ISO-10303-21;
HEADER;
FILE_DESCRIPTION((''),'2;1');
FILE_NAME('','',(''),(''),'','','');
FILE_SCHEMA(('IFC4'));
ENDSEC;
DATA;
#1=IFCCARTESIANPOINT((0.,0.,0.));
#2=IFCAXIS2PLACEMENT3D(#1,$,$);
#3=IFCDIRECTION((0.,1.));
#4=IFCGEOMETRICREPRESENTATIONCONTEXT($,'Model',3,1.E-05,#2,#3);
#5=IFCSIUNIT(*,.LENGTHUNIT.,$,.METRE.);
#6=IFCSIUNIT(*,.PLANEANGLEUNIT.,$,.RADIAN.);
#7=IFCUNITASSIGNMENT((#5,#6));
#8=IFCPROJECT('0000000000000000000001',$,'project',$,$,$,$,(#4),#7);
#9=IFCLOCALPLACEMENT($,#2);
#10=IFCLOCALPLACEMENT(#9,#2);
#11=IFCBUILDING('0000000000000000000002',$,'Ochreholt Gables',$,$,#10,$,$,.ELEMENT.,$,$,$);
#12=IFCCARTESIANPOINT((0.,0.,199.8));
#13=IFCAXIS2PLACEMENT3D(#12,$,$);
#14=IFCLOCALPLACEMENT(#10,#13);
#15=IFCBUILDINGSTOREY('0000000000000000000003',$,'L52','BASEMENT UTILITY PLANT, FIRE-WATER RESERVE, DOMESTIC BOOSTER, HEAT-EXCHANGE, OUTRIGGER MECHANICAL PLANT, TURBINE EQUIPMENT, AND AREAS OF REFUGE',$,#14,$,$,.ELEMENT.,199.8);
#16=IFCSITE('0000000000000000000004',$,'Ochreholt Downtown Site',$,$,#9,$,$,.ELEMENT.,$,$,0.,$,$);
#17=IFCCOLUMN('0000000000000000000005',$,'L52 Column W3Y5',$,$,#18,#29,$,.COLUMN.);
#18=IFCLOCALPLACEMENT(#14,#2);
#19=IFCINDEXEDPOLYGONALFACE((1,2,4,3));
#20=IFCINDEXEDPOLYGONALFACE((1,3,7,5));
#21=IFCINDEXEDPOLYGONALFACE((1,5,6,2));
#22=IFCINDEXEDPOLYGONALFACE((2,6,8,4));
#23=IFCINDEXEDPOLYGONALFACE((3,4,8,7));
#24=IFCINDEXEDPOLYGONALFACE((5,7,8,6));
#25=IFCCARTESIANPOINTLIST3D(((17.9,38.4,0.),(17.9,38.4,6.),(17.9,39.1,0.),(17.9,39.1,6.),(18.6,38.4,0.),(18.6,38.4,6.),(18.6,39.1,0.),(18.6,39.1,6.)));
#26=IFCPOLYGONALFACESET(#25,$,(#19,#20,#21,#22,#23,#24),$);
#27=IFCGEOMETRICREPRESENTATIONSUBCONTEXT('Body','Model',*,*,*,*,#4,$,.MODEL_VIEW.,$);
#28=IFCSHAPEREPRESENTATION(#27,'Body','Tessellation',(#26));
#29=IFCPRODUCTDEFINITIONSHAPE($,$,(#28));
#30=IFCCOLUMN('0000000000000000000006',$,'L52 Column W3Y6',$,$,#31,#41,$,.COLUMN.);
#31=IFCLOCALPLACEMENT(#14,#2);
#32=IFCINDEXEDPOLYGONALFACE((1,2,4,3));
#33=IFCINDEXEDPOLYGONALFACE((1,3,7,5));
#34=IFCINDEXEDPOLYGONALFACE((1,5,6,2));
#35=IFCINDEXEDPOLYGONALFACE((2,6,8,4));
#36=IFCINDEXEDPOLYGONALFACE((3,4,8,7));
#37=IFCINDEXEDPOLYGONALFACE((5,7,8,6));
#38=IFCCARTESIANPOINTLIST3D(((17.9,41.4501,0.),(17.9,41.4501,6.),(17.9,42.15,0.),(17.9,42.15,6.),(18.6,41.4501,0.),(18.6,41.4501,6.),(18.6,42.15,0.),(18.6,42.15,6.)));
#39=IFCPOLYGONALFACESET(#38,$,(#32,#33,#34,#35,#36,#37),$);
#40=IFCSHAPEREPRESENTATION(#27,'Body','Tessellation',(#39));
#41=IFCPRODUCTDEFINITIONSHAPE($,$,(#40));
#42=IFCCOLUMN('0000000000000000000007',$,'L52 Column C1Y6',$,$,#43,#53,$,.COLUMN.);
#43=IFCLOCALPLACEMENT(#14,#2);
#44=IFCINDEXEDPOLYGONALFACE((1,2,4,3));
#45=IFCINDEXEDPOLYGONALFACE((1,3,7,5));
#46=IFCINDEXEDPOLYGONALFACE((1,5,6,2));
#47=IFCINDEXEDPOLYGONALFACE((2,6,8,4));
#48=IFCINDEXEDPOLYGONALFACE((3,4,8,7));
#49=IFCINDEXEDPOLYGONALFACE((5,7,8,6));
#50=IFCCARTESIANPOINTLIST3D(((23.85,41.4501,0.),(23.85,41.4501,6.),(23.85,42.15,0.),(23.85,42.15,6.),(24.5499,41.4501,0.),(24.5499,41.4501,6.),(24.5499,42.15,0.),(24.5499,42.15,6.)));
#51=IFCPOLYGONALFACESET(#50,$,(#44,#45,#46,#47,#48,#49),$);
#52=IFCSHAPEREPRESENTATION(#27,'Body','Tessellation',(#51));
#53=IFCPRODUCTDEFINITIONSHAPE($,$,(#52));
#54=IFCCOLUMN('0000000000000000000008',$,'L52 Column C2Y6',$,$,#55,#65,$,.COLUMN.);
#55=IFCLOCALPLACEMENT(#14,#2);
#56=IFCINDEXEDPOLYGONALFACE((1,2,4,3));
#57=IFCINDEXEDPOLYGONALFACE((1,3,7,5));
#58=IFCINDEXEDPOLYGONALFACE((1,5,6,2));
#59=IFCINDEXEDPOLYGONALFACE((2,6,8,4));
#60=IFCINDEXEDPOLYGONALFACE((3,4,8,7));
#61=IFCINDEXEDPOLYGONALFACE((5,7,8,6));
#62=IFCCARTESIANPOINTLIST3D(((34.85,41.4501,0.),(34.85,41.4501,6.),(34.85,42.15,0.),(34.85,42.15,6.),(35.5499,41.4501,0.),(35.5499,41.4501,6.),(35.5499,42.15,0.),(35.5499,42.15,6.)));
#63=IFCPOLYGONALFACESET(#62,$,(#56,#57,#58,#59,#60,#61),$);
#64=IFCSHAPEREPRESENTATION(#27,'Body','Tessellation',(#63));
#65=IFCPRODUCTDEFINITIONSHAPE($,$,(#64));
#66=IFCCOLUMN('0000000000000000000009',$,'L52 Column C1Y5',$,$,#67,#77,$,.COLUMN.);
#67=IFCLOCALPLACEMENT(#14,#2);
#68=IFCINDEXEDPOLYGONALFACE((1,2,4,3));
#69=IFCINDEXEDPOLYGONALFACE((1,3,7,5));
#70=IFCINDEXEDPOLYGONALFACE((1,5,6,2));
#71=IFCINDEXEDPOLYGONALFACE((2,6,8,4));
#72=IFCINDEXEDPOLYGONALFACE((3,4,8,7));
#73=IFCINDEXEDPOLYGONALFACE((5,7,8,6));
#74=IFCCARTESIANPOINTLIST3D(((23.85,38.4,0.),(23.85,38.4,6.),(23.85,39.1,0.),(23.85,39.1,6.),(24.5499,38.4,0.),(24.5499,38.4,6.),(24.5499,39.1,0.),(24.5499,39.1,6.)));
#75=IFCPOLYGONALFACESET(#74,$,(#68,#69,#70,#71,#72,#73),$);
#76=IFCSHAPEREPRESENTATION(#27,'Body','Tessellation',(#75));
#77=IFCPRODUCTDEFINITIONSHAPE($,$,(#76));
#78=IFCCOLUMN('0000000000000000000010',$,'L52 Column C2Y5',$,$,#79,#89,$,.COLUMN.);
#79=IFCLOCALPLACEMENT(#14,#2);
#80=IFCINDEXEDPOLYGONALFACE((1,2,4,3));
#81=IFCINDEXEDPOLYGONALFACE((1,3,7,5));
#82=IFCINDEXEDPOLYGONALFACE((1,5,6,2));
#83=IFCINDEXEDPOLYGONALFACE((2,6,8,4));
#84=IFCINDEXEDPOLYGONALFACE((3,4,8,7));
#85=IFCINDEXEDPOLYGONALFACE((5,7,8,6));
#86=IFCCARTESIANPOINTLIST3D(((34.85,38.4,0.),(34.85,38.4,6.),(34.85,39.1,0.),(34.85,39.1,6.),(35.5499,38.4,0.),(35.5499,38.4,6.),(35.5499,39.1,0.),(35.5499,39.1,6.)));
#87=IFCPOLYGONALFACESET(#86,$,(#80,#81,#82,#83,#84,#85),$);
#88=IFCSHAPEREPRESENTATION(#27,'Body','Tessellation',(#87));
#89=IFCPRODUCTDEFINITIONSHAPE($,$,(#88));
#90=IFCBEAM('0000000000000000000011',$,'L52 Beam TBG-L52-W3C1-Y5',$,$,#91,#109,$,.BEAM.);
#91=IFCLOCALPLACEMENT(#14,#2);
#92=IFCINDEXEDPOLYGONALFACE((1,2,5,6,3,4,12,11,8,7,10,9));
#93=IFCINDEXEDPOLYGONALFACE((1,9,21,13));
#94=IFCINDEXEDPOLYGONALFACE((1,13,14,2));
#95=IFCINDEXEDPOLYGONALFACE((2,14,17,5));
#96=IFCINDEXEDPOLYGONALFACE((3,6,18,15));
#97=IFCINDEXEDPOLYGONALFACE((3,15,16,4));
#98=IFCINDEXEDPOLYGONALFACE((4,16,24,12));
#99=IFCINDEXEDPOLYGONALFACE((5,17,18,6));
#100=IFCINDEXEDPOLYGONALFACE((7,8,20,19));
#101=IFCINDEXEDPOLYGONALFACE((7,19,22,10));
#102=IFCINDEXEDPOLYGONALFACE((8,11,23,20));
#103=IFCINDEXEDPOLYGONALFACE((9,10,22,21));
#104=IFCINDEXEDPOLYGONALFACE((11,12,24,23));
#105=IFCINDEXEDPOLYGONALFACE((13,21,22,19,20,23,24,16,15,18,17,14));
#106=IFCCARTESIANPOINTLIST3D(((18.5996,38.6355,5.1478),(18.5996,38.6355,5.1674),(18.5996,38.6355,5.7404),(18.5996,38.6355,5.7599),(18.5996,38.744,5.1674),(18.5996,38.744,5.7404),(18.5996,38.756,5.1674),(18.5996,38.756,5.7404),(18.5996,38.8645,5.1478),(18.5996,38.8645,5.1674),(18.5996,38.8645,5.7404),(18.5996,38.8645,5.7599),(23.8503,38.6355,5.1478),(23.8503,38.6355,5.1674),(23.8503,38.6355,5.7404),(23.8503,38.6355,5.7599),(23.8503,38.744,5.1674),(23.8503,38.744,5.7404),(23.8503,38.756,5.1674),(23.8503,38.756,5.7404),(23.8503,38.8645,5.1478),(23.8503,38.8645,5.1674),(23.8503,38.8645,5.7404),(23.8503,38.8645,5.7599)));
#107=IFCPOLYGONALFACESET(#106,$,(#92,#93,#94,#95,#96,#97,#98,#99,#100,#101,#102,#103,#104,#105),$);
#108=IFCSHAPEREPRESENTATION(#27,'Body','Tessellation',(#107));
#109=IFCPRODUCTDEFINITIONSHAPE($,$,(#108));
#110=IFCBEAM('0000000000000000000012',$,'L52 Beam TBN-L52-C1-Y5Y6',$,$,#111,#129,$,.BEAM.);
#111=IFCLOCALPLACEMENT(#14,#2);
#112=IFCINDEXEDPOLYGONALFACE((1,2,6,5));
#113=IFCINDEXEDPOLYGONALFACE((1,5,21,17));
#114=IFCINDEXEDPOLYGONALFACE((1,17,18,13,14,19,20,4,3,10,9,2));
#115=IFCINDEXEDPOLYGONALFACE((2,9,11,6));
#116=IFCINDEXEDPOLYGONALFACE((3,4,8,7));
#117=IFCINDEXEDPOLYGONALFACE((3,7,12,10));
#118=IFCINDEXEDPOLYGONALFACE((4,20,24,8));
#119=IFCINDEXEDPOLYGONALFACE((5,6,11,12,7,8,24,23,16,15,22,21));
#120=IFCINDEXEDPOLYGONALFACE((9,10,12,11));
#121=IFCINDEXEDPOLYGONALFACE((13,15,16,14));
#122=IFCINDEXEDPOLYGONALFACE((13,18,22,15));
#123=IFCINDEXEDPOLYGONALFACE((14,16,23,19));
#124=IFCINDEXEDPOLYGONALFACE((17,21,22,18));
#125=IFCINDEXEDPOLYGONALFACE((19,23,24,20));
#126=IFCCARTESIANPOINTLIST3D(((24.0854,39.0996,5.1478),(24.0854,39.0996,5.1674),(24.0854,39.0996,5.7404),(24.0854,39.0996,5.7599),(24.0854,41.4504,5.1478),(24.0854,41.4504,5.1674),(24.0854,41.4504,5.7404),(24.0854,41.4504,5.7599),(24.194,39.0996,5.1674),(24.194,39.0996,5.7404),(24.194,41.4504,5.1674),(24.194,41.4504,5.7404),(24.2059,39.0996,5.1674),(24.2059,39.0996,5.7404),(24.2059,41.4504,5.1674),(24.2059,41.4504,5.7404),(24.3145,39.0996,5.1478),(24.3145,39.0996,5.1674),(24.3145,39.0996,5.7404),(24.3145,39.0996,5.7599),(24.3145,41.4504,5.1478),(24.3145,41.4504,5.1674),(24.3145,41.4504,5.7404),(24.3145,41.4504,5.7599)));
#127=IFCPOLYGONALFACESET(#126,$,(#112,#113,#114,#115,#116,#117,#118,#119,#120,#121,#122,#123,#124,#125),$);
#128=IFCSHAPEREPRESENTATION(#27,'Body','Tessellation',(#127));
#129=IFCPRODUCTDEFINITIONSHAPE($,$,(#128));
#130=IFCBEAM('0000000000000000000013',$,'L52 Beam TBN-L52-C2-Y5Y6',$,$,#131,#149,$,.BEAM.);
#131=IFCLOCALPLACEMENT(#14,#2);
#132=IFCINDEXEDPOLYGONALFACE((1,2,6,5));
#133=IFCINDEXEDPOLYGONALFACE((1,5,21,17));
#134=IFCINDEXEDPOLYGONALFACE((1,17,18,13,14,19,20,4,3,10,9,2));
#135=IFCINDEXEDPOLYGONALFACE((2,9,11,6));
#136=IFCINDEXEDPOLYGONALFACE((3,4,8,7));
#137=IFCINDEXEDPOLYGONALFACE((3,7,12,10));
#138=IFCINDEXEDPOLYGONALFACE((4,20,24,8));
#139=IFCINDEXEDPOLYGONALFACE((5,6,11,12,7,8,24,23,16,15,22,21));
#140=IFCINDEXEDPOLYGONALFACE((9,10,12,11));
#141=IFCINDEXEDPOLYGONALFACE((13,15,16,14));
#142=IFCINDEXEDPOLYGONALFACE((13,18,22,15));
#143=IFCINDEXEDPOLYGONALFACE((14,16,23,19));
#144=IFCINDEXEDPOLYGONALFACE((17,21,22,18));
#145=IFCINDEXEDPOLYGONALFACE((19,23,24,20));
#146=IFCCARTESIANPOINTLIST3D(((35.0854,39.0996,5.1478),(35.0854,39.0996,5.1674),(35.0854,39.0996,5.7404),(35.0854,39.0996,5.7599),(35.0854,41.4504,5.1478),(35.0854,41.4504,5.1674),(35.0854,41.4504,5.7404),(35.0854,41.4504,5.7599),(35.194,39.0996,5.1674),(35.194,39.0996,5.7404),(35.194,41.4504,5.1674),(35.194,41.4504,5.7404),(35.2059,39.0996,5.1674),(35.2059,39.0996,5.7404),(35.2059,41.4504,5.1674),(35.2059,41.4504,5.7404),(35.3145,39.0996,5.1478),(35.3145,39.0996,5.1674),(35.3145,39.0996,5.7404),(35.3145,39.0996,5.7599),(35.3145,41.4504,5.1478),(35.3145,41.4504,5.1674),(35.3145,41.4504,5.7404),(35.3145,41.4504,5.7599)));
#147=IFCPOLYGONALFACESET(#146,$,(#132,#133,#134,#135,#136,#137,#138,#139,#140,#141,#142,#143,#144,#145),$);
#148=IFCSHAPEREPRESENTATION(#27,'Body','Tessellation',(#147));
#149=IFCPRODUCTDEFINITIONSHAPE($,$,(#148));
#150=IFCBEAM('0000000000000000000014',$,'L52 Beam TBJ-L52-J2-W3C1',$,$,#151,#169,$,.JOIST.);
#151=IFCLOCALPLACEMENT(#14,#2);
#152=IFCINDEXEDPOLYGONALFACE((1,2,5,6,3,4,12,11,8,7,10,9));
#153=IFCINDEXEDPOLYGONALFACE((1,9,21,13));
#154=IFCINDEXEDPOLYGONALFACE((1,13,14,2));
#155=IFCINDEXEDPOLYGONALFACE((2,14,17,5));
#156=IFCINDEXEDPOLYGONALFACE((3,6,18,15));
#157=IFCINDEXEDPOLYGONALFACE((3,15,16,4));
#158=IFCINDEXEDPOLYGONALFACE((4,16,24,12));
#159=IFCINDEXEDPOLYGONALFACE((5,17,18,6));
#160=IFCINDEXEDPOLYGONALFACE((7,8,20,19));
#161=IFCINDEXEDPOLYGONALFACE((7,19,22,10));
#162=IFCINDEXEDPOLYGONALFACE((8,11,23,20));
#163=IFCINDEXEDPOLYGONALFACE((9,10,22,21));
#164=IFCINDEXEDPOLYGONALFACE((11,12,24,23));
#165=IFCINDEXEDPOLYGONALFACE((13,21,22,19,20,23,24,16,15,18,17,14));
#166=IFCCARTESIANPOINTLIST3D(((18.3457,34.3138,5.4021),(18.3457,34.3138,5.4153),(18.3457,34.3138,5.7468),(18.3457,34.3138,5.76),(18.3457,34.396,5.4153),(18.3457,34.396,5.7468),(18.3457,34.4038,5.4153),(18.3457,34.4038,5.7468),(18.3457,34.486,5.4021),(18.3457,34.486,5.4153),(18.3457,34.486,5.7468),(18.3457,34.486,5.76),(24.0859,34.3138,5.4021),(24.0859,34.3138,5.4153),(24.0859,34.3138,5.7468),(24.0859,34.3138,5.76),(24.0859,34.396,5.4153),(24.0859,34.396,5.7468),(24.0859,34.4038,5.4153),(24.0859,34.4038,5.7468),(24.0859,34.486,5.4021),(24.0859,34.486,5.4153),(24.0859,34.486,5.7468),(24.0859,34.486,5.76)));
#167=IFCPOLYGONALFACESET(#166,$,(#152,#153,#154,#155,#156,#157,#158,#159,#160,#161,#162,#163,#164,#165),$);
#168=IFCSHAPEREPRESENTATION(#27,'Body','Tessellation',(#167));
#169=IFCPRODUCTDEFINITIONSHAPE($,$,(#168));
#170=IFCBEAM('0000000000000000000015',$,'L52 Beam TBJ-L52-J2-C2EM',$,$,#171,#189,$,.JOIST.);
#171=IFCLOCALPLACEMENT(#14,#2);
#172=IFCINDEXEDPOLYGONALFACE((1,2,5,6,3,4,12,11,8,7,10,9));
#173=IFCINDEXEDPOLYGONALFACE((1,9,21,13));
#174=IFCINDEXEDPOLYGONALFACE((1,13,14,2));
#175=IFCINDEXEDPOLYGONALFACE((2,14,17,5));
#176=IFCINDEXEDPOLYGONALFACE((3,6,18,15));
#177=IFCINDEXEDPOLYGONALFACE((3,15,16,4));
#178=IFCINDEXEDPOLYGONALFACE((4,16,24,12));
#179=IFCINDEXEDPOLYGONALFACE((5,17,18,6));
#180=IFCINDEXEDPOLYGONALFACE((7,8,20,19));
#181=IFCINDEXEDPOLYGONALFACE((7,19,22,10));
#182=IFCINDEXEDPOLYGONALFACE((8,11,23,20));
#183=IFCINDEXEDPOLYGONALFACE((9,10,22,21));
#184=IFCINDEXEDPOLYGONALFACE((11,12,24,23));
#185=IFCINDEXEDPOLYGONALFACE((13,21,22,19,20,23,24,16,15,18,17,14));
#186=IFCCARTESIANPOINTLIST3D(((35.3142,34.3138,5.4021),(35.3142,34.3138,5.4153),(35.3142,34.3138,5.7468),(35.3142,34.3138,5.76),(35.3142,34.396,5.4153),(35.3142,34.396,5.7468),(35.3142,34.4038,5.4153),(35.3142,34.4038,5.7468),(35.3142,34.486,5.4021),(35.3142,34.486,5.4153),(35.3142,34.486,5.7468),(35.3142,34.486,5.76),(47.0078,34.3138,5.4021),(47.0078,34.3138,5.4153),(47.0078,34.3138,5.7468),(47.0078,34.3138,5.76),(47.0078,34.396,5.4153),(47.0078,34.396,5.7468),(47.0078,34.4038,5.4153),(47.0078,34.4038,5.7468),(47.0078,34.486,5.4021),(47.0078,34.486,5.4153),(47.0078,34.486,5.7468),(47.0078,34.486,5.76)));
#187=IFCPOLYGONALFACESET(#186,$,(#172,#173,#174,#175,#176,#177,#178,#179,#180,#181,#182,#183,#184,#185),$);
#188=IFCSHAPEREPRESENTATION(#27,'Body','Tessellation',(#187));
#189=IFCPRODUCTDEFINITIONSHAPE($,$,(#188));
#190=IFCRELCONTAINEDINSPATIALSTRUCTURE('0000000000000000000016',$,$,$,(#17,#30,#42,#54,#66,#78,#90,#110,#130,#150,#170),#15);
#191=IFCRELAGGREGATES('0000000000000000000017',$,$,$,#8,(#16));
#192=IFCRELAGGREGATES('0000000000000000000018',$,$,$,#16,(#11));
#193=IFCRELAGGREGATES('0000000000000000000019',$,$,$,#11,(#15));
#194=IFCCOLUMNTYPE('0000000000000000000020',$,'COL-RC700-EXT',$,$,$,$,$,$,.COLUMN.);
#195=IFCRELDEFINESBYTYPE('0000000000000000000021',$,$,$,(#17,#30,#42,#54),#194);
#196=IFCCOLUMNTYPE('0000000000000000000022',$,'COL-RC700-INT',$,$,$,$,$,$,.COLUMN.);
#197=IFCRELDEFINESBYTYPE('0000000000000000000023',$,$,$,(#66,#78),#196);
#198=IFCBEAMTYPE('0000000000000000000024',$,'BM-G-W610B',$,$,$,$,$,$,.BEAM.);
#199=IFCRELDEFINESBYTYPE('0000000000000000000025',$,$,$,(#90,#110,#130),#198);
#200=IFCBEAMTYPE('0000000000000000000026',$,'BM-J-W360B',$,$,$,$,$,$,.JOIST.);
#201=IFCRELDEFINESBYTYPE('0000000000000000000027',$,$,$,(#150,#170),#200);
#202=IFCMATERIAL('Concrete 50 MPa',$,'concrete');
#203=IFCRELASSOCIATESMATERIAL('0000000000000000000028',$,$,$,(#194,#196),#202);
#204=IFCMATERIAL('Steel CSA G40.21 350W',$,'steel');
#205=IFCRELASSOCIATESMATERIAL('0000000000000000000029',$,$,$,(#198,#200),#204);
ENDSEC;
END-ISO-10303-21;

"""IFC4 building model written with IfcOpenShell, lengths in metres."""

from ifc_helpers import new_model, si_unit, direction, frame, origin, origin_2d, place, context, subcontext, project, spatial, rectangle, i_section, extrude, material, material_profile, profile_set, type_object, element, save


model = new_model("IFC4")

# Units and contexts
model_context = context("Model", 3, precision=1e-05, world=origin(), true_north=direction((0.0, 1.0)))
body_context = subcontext(model_context, "Body", "Model", "MODEL_VIEW")
ifc_project = project(units=[si_unit("LENGTHUNIT", "METRE"), si_unit("PLANEANGLEUNIT", "RADIAN")], contexts=[model_context])

# Site, building, storey
site_placement = place(None, origin())
site = spatial("IfcSite", under=ifc_project, at=site_placement, Name="Ochreholt Downtown Site", CompositionType="ELEMENT", RefElevation=0.0)
building_placement = place(site_placement, origin())
building = spatial("IfcBuilding", under=site, at=building_placement, Name="Ochreholt Gables", CompositionType="ELEMENT")
storey_placement = place(building_placement, frame((0.0, 0.0, 199.8)))
storey = spatial("IfcBuildingStorey", under=building, at=storey_placement, Name="L52", Description="BASEMENT UTILITY PLANT, FIRE-WATER RESERVE, DOMESTIC BOOSTER, HEAT-EXCHANGE, OUTRIGGER MECHANICAL PLANT, TURBINE EQUIPMENT, AND AREAS OF REFUGE", CompositionType="ELEMENT", Elevation=199.8)

# Columns
ifc_material_1 = material(Name="Concrete 50 MPa", Category="concrete")
ifc_material_profile_1 = material_profile(ifc_material_1, rectangle(XDim=0.7, YDim=0.7, at=origin_2d()), Name="RC700X700")
ifc_profile_set_1 = profile_set([ifc_material_profile_1], Name="Concrete 50 MPa")
column_type_1 = type_object("IfcColumnType", Name="COL-RC700-EXT", PredefinedType="COLUMN", material=ifc_profile_set_1)
for number, where, z_axis, x_axis, name in (
    (1, (18.25, 38.75, 0.0), (0.0, 0.0, 1.0), (1.0, 0.0, 0.0), "L52 Column W3Y5"),
    (2, (18.25, 41.8, 0.0), (0.0, 0.0, 1.0), (1.0, 0.0, 0.0), "L52 Column W3Y6"),
    (3, (24.2, 41.8, 0.0), (0.0, 0.0, 1.0), (1.0, 0.0, 0.0), "L52 Column C1Y6"),
    (4, (35.2, 41.8, 0.0), (0.0, 0.0, 1.0), (1.0, 0.0, 0.0), "L52 Column C2Y6"),
):
    element("IfcColumn", number, at=place(storey_placement, frame(where, z_axis=z_axis, x_axis=x_axis)), inside=storey, type_object=column_type_1, Name=name, PredefinedType="COLUMN", context=body_context, shape_type="SweptSolid", body=[
        extrude(rectangle(XDim=0.7, YDim=0.7, at=origin_2d()), origin(), (0.0, 0.0, 1.0), 6.0),
    ])
ifc_material_profile_2 = material_profile(ifc_material_1, rectangle(XDim=0.7, YDim=0.7, at=origin_2d()), Name="RC700X700")
ifc_profile_set_2 = profile_set([ifc_material_profile_2], Name="Concrete 50 MPa")
column_type_2 = type_object("IfcColumnType", Name="COL-RC700-INT", PredefinedType="COLUMN", material=ifc_profile_set_2)
for number, where, z_axis, x_axis, name in (
    (5, (24.2, 38.75, 0.0), (0.0, 0.0, 1.0), (1.0, 0.0, 0.0), "L52 Column C1Y5"),
    (6, (35.2, 38.75, 0.0), (0.0, 0.0, 1.0), (1.0, 0.0, 0.0), "L52 Column C2Y5"),
):
    element("IfcColumn", number, at=place(storey_placement, frame(where, z_axis=z_axis, x_axis=x_axis)), inside=storey, type_object=column_type_2, Name=name, PredefinedType="COLUMN", context=body_context, shape_type="SweptSolid", body=[
        extrude(rectangle(XDim=0.7, YDim=0.7, at=origin_2d()), origin(), (0.0, 0.0, 1.0), 6.0),
    ])

# Beams
ifc_material_2 = material(Name="Steel CSA G40.21 350W", Category="steel")
ifc_material_profile_3 = material_profile(ifc_material_2, i_section(OverallWidth=0.229, OverallDepth=0.6121, WebThickness=0.012, FlangeThickness=0.0195, at=origin_2d()), Name="W610X125")
ifc_profile_set_3 = profile_set([ifc_material_profile_3], Name="Steel CSA G40.21 350W")
beam_type_1 = type_object("IfcBeamType", Name="BM-G-W610B", PredefinedType="BEAM", material=ifc_profile_set_3)
beam_1_placement = place(storey_placement, frame((18.5996, 38.75, 5.4539), z_axis=(1.0, 0.0, 0.0), x_axis=(0.0, 1.0, 0.0)))
element("IfcBeam", 7, at=beam_1_placement, inside=storey, type_object=beam_type_1, Name="L52 Beam TBG-L52-W3C1-Y5", PredefinedType="BEAM", context=body_context, shape_type="SweptSolid", body=[
    extrude(i_section(OverallWidth=0.229, OverallDepth=0.6121, WebThickness=0.012, FlangeThickness=0.0195, at=origin_2d()), origin(), (0.0, 0.0, 1.0), 5.2507),
])
for number, where, z_axis, x_axis, name in (
    (8, (24.2, 39.0996, 5.4539), (0.0, 1.0, 0.0), (-1.0, 0.0, 0.0), "L52 Beam TBN-L52-C1-Y5Y6"),
    (9, (35.2, 39.0996, 5.4539), (0.0, 1.0, 0.0), (-1.0, 0.0, 0.0), "L52 Beam TBN-L52-C2-Y5Y6"),
):
    element("IfcBeam", number, at=place(storey_placement, frame(where, z_axis=z_axis, x_axis=x_axis)), inside=storey, type_object=beam_type_1, Name=name, PredefinedType="BEAM", context=body_context, shape_type="SweptSolid", body=[
        extrude(i_section(OverallWidth=0.229, OverallDepth=0.6121, WebThickness=0.012, FlangeThickness=0.0195, at=origin_2d()), origin(), (0.0, 0.0, 1.0), 2.3508),
    ])
ifc_material_profile_4 = material_profile(ifc_material_2, i_section(OverallWidth=0.1721, OverallDepth=0.3579, WebThickness=0.0078, FlangeThickness=0.0132, at=origin_2d()), Name="W360X57")
ifc_profile_set_4 = profile_set([ifc_material_profile_4], Name="Steel CSA G40.21 350W")
beam_type_2 = type_object("IfcBeamType", Name="BM-J-W360B", PredefinedType="JOIST", material=ifc_profile_set_4)
beam_2_placement = place(storey_placement, frame((18.3457, 34.3999, 5.5811), z_axis=(1.0, 0.0, 0.0), x_axis=(0.0, 1.0, 0.0)))
element("IfcBeam", 10, at=beam_2_placement, inside=storey, type_object=beam_type_2, Name="L52 Beam TBJ-L52-J2-W3C1", PredefinedType="JOIST", context=body_context, shape_type="SweptSolid", body=[
    extrude(i_section(OverallWidth=0.1721, OverallDepth=0.3579, WebThickness=0.0078, FlangeThickness=0.0132, at=origin_2d()), origin(), (0.0, 0.0, 1.0), 5.7402),
])
beam_3_placement = place(storey_placement, frame((35.3142, 34.3999, 5.5811), z_axis=(1.0, 0.0, 0.0), x_axis=(0.0, 1.0, 0.0)))
element("IfcBeam", 11, at=beam_3_placement, inside=storey, type_object=beam_type_2, Name="L52 Beam TBJ-L52-J2-C2EM", PredefinedType="JOIST", context=body_context, shape_type="SweptSolid", body=[
    extrude(i_section(OverallWidth=0.1721, OverallDepth=0.3579, WebThickness=0.0078, FlangeThickness=0.0132, at=origin_2d()), origin(), (0.0, 0.0, 1.0), 11.6936),
])

save(model, "model.ifc")
